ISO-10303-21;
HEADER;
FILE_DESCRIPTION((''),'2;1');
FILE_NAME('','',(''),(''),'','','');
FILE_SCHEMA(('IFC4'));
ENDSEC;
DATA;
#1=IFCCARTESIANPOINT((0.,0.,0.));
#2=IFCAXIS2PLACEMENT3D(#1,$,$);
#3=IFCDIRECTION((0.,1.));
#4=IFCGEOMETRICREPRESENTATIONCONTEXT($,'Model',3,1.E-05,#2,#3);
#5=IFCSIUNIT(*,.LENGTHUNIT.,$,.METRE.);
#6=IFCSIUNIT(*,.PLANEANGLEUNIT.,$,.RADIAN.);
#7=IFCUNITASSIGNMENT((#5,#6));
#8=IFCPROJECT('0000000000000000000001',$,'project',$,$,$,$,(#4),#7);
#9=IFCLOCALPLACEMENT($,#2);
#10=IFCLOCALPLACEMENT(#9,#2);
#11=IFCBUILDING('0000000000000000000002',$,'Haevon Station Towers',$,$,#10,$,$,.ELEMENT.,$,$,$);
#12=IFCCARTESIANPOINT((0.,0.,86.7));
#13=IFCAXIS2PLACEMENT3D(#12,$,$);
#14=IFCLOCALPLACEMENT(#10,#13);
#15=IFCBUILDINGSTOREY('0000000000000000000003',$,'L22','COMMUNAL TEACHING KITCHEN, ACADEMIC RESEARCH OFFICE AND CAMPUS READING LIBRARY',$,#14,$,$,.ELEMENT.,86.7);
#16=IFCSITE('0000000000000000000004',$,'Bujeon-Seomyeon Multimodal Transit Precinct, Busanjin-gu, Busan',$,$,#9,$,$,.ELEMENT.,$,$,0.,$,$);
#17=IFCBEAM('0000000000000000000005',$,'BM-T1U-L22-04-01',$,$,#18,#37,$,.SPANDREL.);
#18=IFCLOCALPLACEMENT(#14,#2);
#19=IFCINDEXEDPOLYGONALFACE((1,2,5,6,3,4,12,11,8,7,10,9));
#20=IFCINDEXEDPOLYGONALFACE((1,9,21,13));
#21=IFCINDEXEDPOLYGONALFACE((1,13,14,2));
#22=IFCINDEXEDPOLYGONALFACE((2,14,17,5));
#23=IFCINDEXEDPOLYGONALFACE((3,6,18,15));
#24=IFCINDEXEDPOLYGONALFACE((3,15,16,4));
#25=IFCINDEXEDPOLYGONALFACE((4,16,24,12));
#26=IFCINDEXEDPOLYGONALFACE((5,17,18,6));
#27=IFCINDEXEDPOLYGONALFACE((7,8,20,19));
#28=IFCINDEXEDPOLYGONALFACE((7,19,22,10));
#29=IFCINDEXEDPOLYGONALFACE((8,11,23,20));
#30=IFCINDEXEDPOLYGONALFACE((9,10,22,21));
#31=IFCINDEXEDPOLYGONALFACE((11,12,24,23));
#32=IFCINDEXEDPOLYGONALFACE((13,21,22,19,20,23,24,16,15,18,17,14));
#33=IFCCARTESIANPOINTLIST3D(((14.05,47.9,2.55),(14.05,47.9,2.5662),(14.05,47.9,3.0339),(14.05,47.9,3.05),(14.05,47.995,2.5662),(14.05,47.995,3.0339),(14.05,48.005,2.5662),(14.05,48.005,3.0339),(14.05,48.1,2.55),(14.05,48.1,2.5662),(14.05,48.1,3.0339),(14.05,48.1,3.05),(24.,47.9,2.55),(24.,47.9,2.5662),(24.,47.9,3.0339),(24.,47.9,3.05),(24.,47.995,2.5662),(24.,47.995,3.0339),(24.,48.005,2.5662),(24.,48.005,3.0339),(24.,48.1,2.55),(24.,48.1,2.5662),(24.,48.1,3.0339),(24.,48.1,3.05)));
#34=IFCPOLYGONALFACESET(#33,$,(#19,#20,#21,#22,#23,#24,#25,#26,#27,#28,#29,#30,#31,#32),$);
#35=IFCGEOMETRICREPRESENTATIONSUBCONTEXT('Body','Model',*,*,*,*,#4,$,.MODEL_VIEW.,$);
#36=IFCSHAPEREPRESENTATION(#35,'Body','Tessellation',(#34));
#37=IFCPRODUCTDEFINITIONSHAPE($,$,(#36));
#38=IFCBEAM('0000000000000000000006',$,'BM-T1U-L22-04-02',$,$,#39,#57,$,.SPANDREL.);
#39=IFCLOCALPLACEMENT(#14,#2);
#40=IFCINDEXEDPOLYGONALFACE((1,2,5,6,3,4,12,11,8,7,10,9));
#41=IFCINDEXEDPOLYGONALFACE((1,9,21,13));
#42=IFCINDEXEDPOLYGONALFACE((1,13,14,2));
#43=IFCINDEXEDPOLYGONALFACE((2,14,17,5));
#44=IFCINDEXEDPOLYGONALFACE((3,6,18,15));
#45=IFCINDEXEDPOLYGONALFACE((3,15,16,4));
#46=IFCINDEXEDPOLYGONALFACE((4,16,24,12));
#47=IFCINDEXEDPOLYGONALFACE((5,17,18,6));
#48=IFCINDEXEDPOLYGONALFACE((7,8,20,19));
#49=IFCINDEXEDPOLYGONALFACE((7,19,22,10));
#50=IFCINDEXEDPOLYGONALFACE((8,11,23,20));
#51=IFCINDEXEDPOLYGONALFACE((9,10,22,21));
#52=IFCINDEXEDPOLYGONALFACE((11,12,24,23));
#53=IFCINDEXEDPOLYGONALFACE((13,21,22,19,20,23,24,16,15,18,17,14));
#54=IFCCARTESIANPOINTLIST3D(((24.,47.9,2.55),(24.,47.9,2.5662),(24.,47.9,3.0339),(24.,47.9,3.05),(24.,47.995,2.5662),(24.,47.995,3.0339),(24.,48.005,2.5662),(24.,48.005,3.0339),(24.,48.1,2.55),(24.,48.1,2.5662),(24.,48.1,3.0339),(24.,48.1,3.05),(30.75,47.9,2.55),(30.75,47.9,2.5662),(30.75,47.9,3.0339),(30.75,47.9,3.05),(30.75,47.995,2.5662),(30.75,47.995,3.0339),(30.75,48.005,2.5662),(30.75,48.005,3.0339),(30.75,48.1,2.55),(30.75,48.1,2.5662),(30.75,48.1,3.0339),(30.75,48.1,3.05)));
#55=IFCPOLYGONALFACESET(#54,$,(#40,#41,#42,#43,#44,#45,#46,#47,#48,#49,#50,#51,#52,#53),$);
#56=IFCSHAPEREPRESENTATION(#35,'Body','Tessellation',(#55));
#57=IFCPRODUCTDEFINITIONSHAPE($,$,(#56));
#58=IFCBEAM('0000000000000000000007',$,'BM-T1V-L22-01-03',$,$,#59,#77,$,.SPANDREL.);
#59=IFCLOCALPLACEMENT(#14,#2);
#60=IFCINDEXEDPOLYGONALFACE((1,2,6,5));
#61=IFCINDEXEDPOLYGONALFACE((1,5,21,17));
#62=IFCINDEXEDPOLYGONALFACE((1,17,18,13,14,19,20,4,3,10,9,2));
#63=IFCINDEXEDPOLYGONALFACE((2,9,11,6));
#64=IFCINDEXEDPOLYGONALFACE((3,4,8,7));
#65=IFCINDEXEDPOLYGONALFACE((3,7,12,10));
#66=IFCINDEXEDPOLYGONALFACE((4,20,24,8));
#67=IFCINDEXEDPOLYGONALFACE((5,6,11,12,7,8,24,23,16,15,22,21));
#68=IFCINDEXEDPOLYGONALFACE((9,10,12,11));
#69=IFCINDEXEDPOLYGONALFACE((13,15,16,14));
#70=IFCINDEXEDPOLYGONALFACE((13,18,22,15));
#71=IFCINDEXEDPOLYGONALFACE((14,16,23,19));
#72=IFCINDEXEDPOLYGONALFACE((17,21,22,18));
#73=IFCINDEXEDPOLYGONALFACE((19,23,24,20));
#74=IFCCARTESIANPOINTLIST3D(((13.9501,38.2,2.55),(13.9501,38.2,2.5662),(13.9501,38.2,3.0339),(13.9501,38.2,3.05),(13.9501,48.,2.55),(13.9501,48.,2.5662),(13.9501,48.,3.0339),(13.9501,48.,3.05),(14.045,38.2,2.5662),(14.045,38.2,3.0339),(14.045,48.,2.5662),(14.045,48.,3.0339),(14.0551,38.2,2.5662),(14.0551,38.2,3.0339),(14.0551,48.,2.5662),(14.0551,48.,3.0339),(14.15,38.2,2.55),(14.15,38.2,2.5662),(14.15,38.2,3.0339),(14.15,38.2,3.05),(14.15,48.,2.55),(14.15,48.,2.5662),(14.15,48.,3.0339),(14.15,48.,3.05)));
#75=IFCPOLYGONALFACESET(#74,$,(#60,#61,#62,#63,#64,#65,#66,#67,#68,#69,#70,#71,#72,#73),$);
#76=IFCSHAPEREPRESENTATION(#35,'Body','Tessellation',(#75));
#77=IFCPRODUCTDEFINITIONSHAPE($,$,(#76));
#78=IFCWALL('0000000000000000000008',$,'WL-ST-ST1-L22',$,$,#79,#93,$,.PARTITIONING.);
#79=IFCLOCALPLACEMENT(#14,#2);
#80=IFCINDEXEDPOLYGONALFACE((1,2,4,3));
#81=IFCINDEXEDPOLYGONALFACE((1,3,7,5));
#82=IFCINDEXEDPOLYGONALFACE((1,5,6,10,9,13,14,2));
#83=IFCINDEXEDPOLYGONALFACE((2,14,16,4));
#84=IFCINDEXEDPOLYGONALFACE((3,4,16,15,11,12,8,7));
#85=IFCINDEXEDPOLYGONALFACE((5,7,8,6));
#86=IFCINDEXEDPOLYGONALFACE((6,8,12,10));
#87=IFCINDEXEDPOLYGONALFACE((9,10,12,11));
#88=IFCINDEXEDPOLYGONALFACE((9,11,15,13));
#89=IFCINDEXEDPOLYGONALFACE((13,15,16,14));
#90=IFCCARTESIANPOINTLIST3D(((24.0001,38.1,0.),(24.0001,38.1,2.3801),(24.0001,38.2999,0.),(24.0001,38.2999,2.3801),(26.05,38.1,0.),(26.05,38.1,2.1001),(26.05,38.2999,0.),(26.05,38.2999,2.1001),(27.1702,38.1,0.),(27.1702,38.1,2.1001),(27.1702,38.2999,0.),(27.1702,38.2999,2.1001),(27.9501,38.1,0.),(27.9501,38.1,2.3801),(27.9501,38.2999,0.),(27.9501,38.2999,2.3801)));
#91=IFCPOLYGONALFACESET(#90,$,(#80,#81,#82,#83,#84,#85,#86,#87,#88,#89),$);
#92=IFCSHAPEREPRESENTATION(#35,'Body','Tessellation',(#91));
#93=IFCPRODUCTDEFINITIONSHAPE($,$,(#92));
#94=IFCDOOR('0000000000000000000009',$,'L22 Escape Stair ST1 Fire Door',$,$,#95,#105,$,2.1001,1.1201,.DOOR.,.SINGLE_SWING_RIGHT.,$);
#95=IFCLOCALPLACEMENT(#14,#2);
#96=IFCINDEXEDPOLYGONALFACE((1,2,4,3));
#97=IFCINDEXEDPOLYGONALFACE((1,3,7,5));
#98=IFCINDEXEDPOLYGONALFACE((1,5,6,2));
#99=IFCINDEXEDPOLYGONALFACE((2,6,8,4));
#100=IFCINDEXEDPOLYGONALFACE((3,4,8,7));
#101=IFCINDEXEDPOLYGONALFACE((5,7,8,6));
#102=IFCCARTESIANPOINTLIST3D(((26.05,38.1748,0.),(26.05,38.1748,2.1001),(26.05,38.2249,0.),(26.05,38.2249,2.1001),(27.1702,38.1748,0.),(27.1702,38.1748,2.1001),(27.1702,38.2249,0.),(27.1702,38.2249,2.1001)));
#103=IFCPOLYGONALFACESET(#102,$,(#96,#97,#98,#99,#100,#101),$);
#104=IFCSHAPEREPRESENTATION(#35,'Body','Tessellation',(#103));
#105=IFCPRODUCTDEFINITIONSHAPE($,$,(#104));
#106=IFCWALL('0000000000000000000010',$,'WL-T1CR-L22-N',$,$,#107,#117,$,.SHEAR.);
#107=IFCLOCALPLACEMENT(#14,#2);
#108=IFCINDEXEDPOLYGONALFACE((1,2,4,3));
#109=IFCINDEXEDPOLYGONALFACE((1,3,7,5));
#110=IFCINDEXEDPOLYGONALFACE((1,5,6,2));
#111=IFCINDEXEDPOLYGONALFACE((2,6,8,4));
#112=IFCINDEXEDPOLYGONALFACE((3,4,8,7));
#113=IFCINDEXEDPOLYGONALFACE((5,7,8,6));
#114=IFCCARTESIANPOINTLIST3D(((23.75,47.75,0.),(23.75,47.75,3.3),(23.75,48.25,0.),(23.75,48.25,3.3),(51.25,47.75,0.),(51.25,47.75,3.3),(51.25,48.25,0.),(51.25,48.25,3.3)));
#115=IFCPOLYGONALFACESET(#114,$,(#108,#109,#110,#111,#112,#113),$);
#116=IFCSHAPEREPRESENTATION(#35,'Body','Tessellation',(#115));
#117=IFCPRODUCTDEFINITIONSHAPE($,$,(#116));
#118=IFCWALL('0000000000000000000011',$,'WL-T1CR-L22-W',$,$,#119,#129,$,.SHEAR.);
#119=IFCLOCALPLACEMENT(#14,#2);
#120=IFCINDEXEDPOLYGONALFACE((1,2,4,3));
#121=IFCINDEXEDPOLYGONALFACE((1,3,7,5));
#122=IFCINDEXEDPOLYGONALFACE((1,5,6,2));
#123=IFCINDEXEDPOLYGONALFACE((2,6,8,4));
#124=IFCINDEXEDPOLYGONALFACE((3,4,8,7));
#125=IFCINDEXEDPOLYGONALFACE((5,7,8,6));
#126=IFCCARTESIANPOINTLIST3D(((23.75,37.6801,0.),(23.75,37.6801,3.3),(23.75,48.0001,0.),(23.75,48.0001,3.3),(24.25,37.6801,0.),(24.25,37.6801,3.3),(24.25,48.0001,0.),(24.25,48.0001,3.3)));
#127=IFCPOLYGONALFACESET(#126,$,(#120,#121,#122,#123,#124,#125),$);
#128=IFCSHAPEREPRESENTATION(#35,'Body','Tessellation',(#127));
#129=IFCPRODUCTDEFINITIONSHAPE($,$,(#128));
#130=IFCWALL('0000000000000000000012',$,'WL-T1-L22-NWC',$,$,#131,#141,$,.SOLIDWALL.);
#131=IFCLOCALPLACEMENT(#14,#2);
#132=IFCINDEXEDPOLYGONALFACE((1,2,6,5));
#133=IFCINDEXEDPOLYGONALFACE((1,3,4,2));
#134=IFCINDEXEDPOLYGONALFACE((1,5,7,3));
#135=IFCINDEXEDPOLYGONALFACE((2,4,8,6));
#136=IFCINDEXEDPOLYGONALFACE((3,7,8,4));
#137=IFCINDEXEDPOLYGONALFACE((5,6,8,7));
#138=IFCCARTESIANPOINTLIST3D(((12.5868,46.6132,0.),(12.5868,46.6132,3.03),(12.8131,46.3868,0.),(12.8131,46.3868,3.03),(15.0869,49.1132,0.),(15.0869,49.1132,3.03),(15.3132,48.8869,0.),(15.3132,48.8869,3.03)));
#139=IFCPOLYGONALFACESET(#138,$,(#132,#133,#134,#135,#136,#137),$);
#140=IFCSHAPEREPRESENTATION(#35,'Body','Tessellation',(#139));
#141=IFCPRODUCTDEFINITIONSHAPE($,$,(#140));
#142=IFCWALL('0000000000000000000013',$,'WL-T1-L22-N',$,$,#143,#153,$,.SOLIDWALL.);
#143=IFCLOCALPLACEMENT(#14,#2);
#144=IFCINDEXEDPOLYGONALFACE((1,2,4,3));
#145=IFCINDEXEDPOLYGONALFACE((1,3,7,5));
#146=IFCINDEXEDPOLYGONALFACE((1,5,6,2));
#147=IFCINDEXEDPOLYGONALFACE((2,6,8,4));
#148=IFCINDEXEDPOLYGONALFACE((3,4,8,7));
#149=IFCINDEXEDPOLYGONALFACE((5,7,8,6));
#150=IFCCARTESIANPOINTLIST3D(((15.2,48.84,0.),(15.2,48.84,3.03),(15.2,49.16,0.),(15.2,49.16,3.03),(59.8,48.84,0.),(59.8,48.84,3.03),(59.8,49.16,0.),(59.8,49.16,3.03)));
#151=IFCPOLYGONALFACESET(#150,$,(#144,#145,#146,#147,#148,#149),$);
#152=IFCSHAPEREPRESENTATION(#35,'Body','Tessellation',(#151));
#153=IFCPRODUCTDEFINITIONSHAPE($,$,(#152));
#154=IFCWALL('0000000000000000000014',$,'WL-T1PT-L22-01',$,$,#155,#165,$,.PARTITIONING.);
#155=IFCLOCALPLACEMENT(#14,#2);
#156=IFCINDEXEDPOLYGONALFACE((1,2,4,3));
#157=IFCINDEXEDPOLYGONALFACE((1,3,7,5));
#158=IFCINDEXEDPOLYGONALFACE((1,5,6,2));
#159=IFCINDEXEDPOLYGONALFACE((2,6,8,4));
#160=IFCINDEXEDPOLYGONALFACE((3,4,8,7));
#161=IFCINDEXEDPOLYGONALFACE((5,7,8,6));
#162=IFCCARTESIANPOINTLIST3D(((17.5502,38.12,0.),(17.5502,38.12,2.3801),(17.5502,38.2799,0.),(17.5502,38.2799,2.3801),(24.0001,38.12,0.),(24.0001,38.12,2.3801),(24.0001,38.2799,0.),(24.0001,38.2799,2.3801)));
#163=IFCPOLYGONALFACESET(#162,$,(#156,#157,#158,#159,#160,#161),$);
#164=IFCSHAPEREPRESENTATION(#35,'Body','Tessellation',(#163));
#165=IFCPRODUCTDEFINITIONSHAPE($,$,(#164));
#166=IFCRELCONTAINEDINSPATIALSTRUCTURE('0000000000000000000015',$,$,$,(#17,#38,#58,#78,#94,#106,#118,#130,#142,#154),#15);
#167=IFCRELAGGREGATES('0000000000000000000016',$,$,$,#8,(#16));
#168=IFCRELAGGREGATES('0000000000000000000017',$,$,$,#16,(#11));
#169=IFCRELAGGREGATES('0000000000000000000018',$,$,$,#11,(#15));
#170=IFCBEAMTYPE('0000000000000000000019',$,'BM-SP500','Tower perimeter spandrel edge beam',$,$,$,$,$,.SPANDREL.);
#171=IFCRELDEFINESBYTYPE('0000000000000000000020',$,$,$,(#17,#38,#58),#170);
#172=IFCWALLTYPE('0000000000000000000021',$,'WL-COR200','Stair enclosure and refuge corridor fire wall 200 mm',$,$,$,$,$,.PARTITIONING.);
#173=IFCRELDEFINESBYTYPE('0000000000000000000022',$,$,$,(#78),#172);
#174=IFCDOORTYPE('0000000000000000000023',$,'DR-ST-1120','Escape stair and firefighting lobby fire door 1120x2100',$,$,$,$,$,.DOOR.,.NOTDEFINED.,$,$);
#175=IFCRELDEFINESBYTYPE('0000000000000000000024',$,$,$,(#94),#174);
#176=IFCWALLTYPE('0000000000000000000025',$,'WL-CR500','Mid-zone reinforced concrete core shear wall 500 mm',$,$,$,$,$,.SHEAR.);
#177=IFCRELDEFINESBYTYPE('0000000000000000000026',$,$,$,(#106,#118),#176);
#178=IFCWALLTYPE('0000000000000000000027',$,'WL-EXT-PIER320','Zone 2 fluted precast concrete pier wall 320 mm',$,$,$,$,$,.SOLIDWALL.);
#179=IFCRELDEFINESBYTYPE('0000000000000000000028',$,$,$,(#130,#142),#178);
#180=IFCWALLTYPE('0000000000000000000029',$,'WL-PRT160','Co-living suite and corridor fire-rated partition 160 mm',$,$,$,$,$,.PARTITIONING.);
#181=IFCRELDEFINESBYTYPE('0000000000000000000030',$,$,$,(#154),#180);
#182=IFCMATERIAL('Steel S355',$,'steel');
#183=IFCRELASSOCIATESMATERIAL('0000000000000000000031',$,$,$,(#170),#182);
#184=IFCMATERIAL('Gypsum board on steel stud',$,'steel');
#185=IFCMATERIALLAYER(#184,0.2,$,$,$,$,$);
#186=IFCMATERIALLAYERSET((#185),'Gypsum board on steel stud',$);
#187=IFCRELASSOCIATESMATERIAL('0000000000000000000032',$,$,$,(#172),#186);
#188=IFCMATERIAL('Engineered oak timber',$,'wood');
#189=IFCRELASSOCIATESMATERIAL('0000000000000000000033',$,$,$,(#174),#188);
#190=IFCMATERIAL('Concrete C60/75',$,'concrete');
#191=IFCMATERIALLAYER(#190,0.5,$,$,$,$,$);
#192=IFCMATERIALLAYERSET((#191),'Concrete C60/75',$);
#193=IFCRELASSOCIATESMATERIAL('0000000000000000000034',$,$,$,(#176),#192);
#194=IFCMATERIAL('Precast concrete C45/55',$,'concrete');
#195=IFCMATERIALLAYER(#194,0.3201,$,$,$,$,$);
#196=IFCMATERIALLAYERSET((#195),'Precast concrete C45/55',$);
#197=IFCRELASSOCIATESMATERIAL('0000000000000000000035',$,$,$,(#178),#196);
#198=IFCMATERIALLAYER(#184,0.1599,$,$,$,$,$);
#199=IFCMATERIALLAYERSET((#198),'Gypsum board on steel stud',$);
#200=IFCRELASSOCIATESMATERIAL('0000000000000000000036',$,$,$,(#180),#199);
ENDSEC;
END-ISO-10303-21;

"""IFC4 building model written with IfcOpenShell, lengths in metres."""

from ifc_helpers import new_model, si_unit, direction, frame, frame_2d, origin, origin_2d, place, context, subcontext, project, spatial, rectangle, i_section, extrude, material, layer, layer_set, material_profile, profile_set, type_object, element, fill, save


model = new_model("IFC4")

# Units and contexts
model_context = context("Model", 3, precision=1e-05, world=origin(), true_north=direction((0.0, 1.0)))
body_context = subcontext(model_context, "Body", "Model", "MODEL_VIEW")
ifc_project = project(units=[si_unit("LENGTHUNIT", "METRE"), si_unit("PLANEANGLEUNIT", "RADIAN")], contexts=[model_context])

# Site, building, storey
site_placement = place(None, origin())
site = spatial("IfcSite", under=ifc_project, at=site_placement, Name="Bujeon-Seomyeon Multimodal Transit Precinct, Busanjin-gu, Busan", CompositionType="ELEMENT", RefElevation=0.0)
building_placement = place(site_placement, origin())
building = spatial("IfcBuilding", under=site, at=building_placement, Name="Haevon Station Towers", CompositionType="ELEMENT")
storey_placement = place(building_placement, frame((0.0, 0.0, 86.7)))
storey = spatial("IfcBuildingStorey", under=building, at=storey_placement, Name="L22", Description="COMMUNAL TEACHING KITCHEN, ACADEMIC RESEARCH OFFICE AND CAMPUS READING LIBRARY", CompositionType="ELEMENT", Elevation=86.7)

# Beams
ifc_material_1 = material(Name="Steel S355", Category="steel")
ifc_material_profile_1 = material_profile(ifc_material_1, i_section(OverallWidth=0.2, OverallDepth=0.5, WebThickness=0.01, FlangeThickness=0.0161, at=origin_2d()), Name="H-500x200x10x16")
ifc_profile_set_1 = profile_set([ifc_material_profile_1], Name="Steel S355")
beam_type_1 = type_object("IfcBeamType", Name="BM-SP500", Description="Tower perimeter spandrel edge beam", PredefinedType="SPANDREL", material=ifc_profile_set_1)
beam_1_placement = place(storey_placement, frame((14.05, 48.0, 2.8), z_axis=(1.0, 0.0, 0.0), x_axis=(0.0, 1.0, 0.0)))
element("IfcBeam", 1, at=beam_1_placement, inside=storey, type_object=beam_type_1, Name="BM-T1U-L22-04-01", PredefinedType="SPANDREL", context=body_context, shape_type="SweptSolid", body=[
    extrude(i_section(OverallWidth=0.2, OverallDepth=0.5, WebThickness=0.01, FlangeThickness=0.0161, at=origin_2d()), origin(), (0.0, 0.0, 1.0), 9.95),
])
beam_2_placement = place(storey_placement, frame((24.0, 48.0, 2.8), z_axis=(1.0, 0.0, 0.0), x_axis=(0.0, 1.0, 0.0)))
element("IfcBeam", 2, at=beam_2_placement, inside=storey, type_object=beam_type_1, Name="BM-T1U-L22-04-02", PredefinedType="SPANDREL", context=body_context, shape_type="SweptSolid", body=[
    extrude(i_section(OverallWidth=0.2, OverallDepth=0.5, WebThickness=0.01, FlangeThickness=0.0161, at=origin_2d()), origin(), (0.0, 0.0, 1.0), 6.75),
])
beam_3_placement = place(storey_placement, frame((14.05, 38.2, 2.8), z_axis=(0.0, 1.0, 0.0), x_axis=(-1.0, 0.0, 0.0)))
element("IfcBeam", 3, at=beam_3_placement, inside=storey, type_object=beam_type_1, Name="BM-T1V-L22-01-03", PredefinedType="SPANDREL", context=body_context, shape_type="SweptSolid", body=[
    extrude(i_section(OverallWidth=0.2, OverallDepth=0.5, WebThickness=0.01, FlangeThickness=0.0161, at=origin_2d()), origin(), (0.0, 0.0, 1.0), 9.8),
])

# Wall, opening, door
ifc_material_2 = material(Name="Gypsum board on steel stud", Category="steel")
ifc_layer_1 = layer(ifc_material_2, 0.2)
ifc_layer_set_1 = layer_set([ifc_layer_1], Name="Gypsum board on steel stud")
wall_type_1 = type_object("IfcWallType", Name="WL-COR200", Description="Stair enclosure and refuge corridor fire wall 200 mm", PredefinedType="PARTITIONING", material=ifc_layer_set_1)
wall_1_placement = place(storey_placement, frame((24.0, 38.2, 0.0), z_axis=(0.0, 0.0, 1.0), x_axis=(1.0, 0.0, 0.0)))
wall_1 = element("IfcWall", 4, at=wall_1_placement, inside=storey, type_object=wall_type_1, Name="WL-ST-ST1-L22", PredefinedType="PARTITIONING", context=body_context, shape_type="SweptSolid", body=[
    extrude(rectangle(XDim=3.95, YDim=0.2, at=frame_2d((1.9751, 0.0))), origin(), (0.0, 0.0, 1.0), 2.3801),
])
opening_1_placement = place(wall_1_placement, frame((2.05, 0.0, 0.0)))
opening_1 = element("IfcOpeningElement", 5, at=opening_1_placement, cuts=wall_1, PredefinedType="OPENING", context=body_context, shape_type="SweptSolid", body=[
    extrude(rectangle(XDim=1.1201, YDim=2.1001, at=frame_2d((0.5601, 1.05))), frame((0.0, 0.1099, 0.0), z_axis=(0.0, -1.0, 0.0), x_axis=(1.0, 0.0, 0.0)), (0.0, 0.0, 1.0), 0.22),
])
ifc_material_3 = material(Name="Engineered oak timber", Category="wood")
door_type_1 = type_object("IfcDoorType", Name="DR-ST-1120", Description="Escape stair and firefighting lobby fire door 1120x2100", OperationType="NOTDEFINED", PredefinedType="DOOR", material=ifc_material_3)
door_1_placement = place(opening_1_placement, origin())
door_1 = element("IfcDoor", 6, at=door_1_placement, inside=storey, type_object=door_type_1, Name="L22 Escape Stair ST1 Fire Door", OperationType="SINGLE_SWING_RIGHT", OverallHeight=2.1001, OverallWidth=1.1201, PredefinedType="DOOR", context=body_context, shape_type="SweptSolid", body=[
    extrude(rectangle(XDim=1.1201, YDim=2.1001, at=frame_2d((0.5601, 1.05))), frame((0.0, 0.0249, 0.0), z_axis=(0.0, -1.0, 0.0), x_axis=(1.0, 0.0, 0.0)), (0.0, 0.0, 1.0), 0.05),
])
fill(opening_1, door_1)

# Walls
ifc_material_4 = material(Name="Concrete C60/75", Category="concrete")
ifc_layer_2 = layer(ifc_material_4, 0.5)
ifc_layer_set_2 = layer_set([ifc_layer_2], Name="Concrete C60/75")
wall_type_2 = type_object("IfcWallType", Name="WL-CR500", Description="Mid-zone reinforced concrete core shear wall 500 mm", PredefinedType="SHEAR", material=ifc_layer_set_2)
wall_2_placement = place(storey_placement, frame((23.75, 48.0, 0.0), z_axis=(0.0, 0.0, 1.0), x_axis=(1.0, 0.0, 0.0)))
element("IfcWall", 7, at=wall_2_placement, inside=storey, type_object=wall_type_2, Name="WL-T1CR-L22-N", PredefinedType="SHEAR", context=body_context, shape_type="SweptSolid", body=[
    extrude(rectangle(XDim=27.5, YDim=0.5, at=frame_2d((13.75, 0.0))), origin(), (0.0, 0.0, 1.0), 3.3),
])
wall_3_placement = place(storey_placement, frame((24.0, 37.6799, 0.0), z_axis=(0.0, 0.0, 1.0), x_axis=(0.0, 1.0, 0.0)))
element("IfcWall", 8, at=wall_3_placement, inside=storey, type_object=wall_type_2, Name="WL-T1CR-L22-W", PredefinedType="SHEAR", context=body_context, shape_type="SweptSolid", body=[
    extrude(rectangle(XDim=10.3201, YDim=0.5, at=frame_2d((5.1602, 0.0))), origin(), (0.0, 0.0, 1.0), 3.3),
])
ifc_material_5 = material(Name="Precast concrete C45/55", Category="concrete")
ifc_layer_3 = layer(ifc_material_5, 0.3201)
ifc_layer_set_3 = layer_set([ifc_layer_3], Name="Precast concrete C45/55")
wall_type_3 = type_object("IfcWallType", Name="WL-EXT-PIER320", Description="Zone 2 fluted precast concrete pier wall 320 mm", PredefinedType="SOLIDWALL", material=ifc_layer_set_3)
wall_4_placement = place(storey_placement, frame((12.7, 46.5, 0.0), z_axis=(0.0, 0.0, 1.0), x_axis=(0.707107, 0.707107, 0.0)))
element("IfcWall", 9, at=wall_4_placement, inside=storey, type_object=wall_type_3, Name="WL-T1-L22-NWC", PredefinedType="SOLIDWALL", context=body_context, shape_type="SweptSolid", body=[
    extrude(rectangle(XDim=3.5356, YDim=0.3201, at=frame_2d((1.7678, 0.0))), origin(), (0.0, 0.0, 1.0), 3.03),
])
wall_5_placement = place(storey_placement, frame((15.2, 49.0, 0.0), z_axis=(0.0, 0.0, 1.0), x_axis=(1.0, 0.0, 0.0)))
element("IfcWall", 10, at=wall_5_placement, inside=storey, type_object=wall_type_3, Name="WL-T1-L22-N", PredefinedType="SOLIDWALL", context=body_context, shape_type="SweptSolid", body=[
    extrude(rectangle(XDim=44.6001, YDim=0.3201, at=frame_2d((22.3, 0.0))), origin(), (0.0, 0.0, 1.0), 3.03),
])
ifc_layer_4 = layer(ifc_material_2, 0.1599)
ifc_layer_set_4 = layer_set([ifc_layer_4], Name="Gypsum board on steel stud")
wall_type_4 = type_object("IfcWallType", Name="WL-PRT160", Description="Co-living suite and corridor fire-rated partition 160 mm", PredefinedType="PARTITIONING", material=ifc_layer_set_4)
wall_6_placement = place(storey_placement, frame((17.55, 38.2, 0.0), z_axis=(0.0, 0.0, 1.0), x_axis=(1.0, 0.0, 0.0)))
element("IfcWall", 11, at=wall_6_placement, inside=storey, type_object=wall_type_4, Name="WL-T1PT-L22-01", PredefinedType="PARTITIONING", context=body_context, shape_type="SweptSolid", body=[
    extrude(rectangle(XDim=6.45, YDim=0.1599, at=frame_2d((3.2251, 0.0))), origin(), (0.0, 0.0, 1.0), 2.3801),
])

save(model, "model.ifc")
